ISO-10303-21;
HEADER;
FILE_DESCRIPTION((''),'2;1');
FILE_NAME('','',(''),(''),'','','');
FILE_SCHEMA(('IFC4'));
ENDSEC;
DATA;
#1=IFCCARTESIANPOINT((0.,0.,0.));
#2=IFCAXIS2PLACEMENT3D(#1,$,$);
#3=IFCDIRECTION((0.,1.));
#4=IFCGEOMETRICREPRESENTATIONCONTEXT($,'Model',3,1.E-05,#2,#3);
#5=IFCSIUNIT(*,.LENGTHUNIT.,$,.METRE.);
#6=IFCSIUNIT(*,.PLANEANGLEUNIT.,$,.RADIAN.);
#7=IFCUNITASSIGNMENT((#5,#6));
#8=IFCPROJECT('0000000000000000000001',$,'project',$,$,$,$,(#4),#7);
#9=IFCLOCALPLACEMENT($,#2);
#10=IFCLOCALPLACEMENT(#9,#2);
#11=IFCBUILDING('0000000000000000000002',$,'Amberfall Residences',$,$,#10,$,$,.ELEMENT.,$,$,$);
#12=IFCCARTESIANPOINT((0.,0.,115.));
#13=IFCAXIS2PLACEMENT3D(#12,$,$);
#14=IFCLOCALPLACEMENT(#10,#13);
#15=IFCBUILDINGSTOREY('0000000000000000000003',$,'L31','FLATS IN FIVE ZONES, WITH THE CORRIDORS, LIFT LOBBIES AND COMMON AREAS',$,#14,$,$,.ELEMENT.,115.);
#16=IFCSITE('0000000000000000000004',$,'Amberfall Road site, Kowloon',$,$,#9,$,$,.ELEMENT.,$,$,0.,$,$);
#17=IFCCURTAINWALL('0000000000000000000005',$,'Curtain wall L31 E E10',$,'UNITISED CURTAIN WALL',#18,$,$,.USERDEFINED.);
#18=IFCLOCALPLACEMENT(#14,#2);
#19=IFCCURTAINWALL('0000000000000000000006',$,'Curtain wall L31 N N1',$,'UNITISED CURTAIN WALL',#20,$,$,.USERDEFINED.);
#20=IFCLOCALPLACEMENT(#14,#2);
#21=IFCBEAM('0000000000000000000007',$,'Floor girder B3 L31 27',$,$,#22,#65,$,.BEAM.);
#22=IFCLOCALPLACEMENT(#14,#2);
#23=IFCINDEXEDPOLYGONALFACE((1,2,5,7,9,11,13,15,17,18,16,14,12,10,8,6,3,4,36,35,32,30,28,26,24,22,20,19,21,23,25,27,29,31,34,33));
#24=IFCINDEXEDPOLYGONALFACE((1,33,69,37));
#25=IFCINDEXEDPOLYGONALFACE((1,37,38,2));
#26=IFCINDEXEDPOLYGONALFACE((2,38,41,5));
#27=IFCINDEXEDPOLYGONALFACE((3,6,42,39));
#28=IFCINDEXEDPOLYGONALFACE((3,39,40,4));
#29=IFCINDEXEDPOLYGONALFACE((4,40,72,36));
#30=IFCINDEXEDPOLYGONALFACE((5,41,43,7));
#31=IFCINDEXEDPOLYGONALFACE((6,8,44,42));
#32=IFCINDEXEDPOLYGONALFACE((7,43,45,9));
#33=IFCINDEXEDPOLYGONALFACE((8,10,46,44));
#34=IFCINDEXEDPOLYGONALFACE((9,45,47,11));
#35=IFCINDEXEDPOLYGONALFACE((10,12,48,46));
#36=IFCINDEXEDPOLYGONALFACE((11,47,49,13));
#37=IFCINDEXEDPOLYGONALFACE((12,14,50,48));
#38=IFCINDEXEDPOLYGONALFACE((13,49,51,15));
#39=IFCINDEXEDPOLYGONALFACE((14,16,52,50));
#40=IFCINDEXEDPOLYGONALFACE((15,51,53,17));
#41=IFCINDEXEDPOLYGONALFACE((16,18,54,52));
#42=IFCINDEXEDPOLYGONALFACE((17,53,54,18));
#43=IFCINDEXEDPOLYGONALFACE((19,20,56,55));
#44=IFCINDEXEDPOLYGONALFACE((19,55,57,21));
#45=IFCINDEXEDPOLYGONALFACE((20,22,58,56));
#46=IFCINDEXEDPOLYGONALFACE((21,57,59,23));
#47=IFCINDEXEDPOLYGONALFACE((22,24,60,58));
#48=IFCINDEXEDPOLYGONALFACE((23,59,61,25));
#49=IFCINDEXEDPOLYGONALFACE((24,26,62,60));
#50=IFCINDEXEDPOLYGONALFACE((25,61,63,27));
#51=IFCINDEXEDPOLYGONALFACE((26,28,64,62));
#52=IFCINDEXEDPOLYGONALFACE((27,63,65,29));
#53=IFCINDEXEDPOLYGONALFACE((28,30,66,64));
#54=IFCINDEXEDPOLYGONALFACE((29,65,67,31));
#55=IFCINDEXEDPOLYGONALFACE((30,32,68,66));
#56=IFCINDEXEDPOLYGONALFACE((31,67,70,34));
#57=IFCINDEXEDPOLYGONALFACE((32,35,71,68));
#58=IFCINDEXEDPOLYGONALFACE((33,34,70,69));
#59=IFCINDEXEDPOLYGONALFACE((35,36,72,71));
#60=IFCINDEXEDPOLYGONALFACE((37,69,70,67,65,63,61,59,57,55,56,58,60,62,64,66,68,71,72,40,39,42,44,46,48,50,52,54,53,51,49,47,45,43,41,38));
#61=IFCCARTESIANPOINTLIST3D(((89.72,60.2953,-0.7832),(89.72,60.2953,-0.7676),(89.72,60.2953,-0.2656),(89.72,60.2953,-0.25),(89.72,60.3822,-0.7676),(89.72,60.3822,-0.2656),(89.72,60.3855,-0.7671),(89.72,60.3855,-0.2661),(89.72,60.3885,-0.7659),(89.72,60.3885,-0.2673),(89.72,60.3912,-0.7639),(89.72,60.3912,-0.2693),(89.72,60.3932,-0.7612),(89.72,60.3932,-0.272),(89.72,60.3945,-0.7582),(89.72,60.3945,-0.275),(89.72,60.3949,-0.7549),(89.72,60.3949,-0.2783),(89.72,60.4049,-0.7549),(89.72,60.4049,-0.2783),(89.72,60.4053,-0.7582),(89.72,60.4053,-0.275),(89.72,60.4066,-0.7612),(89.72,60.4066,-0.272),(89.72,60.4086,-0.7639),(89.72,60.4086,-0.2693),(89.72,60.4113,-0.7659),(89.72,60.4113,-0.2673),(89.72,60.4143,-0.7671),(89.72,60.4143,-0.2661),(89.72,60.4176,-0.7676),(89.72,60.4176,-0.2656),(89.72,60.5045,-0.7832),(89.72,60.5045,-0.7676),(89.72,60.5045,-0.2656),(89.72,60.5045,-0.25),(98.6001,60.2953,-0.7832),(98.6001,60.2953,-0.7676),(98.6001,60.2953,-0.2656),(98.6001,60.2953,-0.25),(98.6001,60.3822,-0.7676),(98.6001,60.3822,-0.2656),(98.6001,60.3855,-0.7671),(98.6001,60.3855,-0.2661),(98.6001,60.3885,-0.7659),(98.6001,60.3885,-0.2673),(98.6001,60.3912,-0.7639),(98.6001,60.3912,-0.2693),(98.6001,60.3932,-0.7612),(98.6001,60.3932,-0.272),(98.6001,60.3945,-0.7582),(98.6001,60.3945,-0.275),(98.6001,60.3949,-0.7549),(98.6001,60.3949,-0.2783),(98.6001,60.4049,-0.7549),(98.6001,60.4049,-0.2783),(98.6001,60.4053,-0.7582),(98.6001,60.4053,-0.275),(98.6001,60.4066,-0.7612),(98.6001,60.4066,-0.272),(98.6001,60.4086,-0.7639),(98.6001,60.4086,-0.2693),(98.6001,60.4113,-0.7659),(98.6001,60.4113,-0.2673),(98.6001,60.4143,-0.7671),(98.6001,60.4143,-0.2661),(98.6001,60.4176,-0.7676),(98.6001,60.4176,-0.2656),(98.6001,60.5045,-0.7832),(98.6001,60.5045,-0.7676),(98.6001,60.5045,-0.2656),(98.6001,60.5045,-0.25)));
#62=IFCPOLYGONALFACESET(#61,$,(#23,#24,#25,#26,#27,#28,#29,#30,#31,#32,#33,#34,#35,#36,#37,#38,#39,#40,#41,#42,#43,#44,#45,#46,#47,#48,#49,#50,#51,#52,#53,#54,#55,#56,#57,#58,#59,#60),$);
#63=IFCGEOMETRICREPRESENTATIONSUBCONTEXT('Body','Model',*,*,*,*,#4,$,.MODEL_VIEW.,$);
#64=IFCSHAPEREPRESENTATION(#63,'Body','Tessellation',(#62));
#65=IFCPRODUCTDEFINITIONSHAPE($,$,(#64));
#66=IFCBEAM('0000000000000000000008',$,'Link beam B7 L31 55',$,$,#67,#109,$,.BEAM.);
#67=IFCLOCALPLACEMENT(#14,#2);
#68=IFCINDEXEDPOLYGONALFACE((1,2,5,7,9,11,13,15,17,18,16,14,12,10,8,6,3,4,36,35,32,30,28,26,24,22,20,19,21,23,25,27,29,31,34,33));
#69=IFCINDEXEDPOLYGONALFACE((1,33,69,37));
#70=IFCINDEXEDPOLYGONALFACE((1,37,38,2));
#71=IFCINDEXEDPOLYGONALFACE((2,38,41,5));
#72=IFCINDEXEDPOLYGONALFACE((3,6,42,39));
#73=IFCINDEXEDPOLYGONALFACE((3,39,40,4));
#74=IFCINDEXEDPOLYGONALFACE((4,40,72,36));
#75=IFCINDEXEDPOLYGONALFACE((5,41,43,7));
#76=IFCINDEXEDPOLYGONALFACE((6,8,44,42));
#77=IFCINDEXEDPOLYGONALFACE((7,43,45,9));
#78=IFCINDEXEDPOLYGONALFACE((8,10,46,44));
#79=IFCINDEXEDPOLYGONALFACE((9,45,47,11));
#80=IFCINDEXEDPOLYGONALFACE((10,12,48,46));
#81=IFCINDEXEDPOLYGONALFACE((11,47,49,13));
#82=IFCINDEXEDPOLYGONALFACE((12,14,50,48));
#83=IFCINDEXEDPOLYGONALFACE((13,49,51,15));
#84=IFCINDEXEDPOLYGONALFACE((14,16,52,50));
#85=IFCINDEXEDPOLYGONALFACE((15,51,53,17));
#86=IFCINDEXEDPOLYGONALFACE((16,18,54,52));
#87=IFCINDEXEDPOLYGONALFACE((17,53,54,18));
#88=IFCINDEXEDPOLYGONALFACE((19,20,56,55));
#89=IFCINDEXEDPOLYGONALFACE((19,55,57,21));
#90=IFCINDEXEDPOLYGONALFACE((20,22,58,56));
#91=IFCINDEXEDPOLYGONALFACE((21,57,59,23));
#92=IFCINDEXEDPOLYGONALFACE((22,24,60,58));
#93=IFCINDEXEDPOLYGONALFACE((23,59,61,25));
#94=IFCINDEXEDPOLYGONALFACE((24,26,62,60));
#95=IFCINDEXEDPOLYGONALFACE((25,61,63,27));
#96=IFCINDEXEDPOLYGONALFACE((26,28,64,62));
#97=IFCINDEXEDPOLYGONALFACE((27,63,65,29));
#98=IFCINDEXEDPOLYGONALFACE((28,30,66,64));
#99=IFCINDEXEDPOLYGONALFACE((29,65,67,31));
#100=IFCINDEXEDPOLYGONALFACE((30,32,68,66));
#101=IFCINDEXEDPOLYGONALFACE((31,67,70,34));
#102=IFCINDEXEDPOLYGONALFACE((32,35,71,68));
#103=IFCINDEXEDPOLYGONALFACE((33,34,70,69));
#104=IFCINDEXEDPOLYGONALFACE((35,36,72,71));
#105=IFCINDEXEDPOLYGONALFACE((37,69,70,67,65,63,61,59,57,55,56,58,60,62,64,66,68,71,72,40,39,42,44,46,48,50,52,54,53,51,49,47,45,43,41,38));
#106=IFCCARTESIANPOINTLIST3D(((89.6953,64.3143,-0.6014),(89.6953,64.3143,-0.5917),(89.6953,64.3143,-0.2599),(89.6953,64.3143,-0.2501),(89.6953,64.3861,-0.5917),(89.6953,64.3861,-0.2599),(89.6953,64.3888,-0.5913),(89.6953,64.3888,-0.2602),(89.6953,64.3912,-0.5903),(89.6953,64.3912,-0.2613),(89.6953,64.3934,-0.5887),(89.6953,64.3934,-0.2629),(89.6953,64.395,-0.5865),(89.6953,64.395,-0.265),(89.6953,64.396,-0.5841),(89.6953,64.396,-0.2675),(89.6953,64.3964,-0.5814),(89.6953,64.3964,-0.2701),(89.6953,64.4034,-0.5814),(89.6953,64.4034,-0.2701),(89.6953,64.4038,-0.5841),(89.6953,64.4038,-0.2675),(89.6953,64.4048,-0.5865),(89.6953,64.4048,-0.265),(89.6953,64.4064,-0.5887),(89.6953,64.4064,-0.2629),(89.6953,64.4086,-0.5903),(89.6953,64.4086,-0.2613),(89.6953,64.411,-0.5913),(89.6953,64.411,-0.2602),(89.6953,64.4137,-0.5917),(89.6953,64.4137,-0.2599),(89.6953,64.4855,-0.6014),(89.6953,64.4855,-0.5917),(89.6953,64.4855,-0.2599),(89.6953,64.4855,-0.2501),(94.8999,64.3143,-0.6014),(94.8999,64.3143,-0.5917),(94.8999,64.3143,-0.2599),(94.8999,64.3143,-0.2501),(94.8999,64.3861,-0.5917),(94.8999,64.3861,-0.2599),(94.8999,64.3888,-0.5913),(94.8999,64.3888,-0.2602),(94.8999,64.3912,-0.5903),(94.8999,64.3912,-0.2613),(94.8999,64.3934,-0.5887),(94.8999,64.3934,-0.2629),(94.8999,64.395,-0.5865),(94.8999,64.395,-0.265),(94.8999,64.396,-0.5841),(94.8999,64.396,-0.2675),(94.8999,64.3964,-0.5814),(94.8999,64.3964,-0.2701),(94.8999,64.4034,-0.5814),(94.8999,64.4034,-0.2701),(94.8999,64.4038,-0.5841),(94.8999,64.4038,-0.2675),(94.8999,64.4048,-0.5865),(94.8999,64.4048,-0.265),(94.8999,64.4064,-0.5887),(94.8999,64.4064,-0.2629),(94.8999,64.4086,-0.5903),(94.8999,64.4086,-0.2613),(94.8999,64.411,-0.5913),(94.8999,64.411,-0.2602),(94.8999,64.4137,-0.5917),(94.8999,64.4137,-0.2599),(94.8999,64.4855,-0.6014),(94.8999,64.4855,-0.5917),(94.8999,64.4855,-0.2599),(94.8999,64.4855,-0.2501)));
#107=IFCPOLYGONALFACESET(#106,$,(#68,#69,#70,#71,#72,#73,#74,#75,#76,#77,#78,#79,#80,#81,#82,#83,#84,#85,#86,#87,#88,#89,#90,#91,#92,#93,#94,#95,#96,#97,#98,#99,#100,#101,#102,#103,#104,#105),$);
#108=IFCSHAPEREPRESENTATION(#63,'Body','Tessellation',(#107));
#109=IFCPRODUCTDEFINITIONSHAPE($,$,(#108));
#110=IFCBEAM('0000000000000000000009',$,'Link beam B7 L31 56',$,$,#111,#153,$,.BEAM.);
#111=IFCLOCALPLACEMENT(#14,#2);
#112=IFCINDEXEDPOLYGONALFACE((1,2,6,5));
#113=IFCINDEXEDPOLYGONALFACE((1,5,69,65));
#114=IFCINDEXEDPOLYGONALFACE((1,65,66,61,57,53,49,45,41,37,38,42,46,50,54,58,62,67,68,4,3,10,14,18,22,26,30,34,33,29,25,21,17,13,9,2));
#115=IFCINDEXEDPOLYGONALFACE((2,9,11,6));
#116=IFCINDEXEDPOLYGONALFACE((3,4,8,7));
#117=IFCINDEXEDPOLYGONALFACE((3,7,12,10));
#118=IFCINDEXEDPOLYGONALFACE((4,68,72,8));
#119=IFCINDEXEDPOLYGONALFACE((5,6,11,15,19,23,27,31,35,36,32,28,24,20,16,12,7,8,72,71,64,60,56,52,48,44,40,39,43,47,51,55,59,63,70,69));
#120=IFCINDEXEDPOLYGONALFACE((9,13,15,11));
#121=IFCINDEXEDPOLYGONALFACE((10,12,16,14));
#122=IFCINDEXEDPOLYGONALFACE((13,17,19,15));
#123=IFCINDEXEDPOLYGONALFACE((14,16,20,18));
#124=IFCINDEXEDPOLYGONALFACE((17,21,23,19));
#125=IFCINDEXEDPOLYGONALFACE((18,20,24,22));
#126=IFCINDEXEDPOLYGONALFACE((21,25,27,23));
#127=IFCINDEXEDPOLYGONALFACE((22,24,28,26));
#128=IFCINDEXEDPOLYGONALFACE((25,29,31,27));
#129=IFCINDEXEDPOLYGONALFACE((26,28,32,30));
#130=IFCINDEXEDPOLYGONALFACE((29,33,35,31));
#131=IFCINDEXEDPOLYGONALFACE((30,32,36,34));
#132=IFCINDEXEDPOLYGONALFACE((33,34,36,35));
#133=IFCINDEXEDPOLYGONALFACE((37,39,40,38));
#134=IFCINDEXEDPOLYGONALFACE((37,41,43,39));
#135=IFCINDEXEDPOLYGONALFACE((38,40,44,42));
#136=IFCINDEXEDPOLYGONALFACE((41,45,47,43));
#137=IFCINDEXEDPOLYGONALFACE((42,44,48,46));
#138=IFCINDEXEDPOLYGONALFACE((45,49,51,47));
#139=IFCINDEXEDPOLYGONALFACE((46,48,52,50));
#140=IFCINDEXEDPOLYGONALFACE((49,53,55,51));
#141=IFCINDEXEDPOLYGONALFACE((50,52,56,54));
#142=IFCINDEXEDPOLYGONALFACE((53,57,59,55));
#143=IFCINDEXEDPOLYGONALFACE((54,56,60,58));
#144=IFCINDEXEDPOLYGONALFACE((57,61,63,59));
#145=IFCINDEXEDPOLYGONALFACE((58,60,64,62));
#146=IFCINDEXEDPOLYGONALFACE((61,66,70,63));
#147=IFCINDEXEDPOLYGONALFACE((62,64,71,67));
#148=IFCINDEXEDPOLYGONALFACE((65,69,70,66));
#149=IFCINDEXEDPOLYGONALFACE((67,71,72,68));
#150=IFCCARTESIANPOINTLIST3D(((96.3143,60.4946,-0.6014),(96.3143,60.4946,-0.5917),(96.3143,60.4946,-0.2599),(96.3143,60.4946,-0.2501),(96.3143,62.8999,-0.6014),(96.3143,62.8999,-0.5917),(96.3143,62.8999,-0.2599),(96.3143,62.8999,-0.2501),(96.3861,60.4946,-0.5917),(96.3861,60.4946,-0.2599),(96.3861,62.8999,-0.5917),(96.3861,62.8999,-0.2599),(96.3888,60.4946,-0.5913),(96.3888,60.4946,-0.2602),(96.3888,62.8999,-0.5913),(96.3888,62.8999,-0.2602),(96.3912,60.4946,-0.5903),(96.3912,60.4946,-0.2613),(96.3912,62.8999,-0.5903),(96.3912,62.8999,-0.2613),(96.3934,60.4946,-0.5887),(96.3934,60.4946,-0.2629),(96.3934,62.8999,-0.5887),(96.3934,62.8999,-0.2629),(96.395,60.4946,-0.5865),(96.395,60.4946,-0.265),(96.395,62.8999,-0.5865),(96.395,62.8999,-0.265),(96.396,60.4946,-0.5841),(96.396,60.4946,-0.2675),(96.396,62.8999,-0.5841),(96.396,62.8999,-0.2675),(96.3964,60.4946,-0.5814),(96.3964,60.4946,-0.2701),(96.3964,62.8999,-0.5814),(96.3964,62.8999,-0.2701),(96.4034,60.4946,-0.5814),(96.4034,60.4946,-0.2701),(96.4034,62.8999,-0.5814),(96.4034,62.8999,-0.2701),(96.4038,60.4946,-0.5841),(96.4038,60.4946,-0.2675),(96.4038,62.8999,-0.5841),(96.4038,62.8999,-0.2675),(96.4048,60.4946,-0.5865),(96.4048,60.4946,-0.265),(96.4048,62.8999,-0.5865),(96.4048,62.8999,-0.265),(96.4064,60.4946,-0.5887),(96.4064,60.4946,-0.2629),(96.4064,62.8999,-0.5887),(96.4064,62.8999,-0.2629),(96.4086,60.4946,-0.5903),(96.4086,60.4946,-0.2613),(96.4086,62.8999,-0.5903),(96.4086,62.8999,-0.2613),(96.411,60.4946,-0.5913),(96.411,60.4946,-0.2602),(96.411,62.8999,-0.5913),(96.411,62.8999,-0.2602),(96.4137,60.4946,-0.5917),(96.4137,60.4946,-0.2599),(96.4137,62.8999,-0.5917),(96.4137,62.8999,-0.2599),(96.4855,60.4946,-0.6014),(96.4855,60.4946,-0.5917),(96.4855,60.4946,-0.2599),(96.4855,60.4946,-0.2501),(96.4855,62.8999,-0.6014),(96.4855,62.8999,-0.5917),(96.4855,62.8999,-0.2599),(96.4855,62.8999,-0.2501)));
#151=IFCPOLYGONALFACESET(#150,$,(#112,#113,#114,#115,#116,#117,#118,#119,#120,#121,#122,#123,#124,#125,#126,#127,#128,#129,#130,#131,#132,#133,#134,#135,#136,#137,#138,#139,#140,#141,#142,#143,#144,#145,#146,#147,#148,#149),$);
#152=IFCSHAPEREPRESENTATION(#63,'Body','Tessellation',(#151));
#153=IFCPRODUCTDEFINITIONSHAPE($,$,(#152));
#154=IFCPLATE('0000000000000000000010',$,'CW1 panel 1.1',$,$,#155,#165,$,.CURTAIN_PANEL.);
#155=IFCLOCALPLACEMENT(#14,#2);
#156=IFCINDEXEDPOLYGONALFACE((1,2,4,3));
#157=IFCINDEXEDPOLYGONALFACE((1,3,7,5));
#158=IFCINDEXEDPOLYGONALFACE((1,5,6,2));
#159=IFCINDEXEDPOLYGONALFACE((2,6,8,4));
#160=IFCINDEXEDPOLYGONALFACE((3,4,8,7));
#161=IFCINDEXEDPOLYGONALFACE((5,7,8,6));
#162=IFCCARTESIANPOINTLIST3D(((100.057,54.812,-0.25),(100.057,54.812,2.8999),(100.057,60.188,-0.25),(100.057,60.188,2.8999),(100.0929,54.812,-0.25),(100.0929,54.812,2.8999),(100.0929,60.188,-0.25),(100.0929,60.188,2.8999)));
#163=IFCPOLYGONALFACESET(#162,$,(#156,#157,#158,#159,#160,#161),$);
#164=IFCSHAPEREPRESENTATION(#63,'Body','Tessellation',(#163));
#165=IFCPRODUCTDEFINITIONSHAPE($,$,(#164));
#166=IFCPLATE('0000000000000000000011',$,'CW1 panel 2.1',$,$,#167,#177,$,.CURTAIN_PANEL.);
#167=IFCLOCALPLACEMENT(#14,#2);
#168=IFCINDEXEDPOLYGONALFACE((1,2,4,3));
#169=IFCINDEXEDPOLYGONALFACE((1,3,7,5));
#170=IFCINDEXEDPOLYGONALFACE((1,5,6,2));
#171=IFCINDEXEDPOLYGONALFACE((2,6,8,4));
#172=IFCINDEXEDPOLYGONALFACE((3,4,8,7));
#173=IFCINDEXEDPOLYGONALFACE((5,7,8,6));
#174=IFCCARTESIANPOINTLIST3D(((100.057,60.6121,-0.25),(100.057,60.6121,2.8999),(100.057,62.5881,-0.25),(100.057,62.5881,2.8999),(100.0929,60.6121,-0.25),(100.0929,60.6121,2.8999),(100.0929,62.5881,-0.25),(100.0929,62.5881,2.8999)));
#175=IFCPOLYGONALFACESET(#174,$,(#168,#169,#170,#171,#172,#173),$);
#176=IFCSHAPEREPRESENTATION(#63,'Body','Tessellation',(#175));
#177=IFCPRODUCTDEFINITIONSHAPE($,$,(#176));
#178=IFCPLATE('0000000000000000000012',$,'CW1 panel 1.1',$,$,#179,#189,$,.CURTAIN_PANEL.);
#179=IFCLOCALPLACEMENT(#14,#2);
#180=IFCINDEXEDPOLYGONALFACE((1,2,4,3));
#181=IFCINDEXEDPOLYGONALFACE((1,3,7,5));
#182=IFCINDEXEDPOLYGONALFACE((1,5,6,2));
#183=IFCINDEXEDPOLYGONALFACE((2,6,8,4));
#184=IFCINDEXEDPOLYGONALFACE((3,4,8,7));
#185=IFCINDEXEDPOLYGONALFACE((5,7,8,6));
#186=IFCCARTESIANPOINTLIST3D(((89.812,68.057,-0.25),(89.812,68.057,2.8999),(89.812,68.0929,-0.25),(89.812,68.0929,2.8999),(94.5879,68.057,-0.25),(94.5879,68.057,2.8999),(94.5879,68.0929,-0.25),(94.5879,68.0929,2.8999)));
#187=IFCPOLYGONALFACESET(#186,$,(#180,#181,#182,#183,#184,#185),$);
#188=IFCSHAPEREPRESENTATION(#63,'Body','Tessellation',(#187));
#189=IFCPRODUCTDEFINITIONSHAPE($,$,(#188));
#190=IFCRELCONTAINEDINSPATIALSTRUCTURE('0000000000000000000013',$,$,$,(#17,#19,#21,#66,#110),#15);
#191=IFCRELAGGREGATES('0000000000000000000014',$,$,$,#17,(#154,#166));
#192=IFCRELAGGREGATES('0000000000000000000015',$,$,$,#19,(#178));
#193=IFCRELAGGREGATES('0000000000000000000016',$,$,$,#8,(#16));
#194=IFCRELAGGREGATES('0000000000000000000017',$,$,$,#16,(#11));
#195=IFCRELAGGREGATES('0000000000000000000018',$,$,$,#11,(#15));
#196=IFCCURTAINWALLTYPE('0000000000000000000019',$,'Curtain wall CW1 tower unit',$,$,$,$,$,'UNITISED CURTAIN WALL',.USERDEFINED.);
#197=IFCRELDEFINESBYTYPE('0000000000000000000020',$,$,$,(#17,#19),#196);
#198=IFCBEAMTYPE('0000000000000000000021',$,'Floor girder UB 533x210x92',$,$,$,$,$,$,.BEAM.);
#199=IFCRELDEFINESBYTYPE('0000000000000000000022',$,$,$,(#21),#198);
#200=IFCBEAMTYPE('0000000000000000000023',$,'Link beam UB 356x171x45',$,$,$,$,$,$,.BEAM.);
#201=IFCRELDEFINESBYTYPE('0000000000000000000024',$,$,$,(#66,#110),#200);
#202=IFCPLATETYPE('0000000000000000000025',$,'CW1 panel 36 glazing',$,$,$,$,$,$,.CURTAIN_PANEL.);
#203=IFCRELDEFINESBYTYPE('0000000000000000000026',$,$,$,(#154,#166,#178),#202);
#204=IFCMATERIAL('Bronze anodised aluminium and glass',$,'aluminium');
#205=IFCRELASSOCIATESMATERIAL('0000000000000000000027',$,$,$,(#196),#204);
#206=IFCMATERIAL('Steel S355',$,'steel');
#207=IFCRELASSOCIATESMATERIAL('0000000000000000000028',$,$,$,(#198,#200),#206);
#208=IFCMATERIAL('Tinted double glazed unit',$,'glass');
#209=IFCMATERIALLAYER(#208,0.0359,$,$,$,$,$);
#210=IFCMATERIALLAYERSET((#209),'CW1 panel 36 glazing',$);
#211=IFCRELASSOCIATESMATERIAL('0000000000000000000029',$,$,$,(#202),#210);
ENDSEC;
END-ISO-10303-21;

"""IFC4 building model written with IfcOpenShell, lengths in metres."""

from ifc_helpers import new_model, si_unit, direction, frame, origin, origin_2d, place, context, subcontext, project, spatial, rectangle, i_section, extrude, material, layer, layer_set, material_profile, profile_set, type_object, element, aggregate, save


model = new_model("IFC4")

# Units and contexts
model_context = context("Model", 3, precision=1e-05, world=origin(), true_north=direction((0.0, 1.0)))
body_context = subcontext(model_context, "Body", "Model", "MODEL_VIEW")
ifc_project = project(units=[si_unit("LENGTHUNIT", "METRE"), si_unit("PLANEANGLEUNIT", "RADIAN")], contexts=[model_context])

# Site, building, storey
site_placement = place(None, origin())
site = spatial("IfcSite", under=ifc_project, at=site_placement, Name="Amberfall Road site, Kowloon", CompositionType="ELEMENT", RefElevation=0.0)
building_placement = place(site_placement, origin())
building = spatial("IfcBuilding", under=site, at=building_placement, Name="Amberfall Residences", CompositionType="ELEMENT")
storey_placement = place(building_placement, frame((0.0, 0.0, 115.0)))
storey = spatial("IfcBuildingStorey", under=building, at=storey_placement, Name="L31", Description="FLATS IN FIVE ZONES, WITH THE CORRIDORS, LIFT LOBBIES AND COMMON AREAS", CompositionType="ELEMENT", Elevation=115.0)

# Curtain wall
ifc_material_1 = material(Name="Bronze anodised aluminium and glass", Category="aluminium")
curtain_wall_type = type_object("IfcCurtainWallType", Name="Curtain wall CW1 tower unit", ElementType="UNITISED CURTAIN WALL", PredefinedType="USERDEFINED", material=ifc_material_1)
curtain_wall_1_placement = place(storey_placement, origin())
curtain_wall_1 = element("IfcCurtainWall", 1, at=curtain_wall_1_placement, inside=storey, type_object=curtain_wall_type, Name="Curtain wall L31 E E10", ObjectType="UNITISED CURTAIN WALL", PredefinedType="USERDEFINED")

# Curtain wall
curtain_wall_2_placement = place(storey_placement, origin())
curtain_wall_2 = element("IfcCurtainWall", 2, at=curtain_wall_2_placement, inside=storey, type_object=curtain_wall_type, Name="Curtain wall L31 N N1", ObjectType="UNITISED CURTAIN WALL", PredefinedType="USERDEFINED")

# Beams
ifc_material_2 = material(Name="Steel S355", Category="steel")
ifc_material_profile_1 = material_profile(ifc_material_2, i_section(OverallWidth=0.2092, OverallDepth=0.5332, WebThickness=0.01, FlangeThickness=0.0156, FilletRadius=0.0127, at=origin_2d()), Name="UB 533x210x92")
ifc_profile_set_1 = profile_set([ifc_material_profile_1], Name="Steel S355")
beam_type_1 = type_object("IfcBeamType", Name="Floor girder UB 533x210x92", PredefinedType="BEAM", material=ifc_profile_set_1)
beam_1_placement = place(storey_placement, frame((98.6001, 60.3999, -0.5166), z_axis=(-1.0, 0.0, 0.0), x_axis=(0.0, -1.0, 0.0)))
element("IfcBeam", 3, at=beam_1_placement, inside=storey, type_object=beam_type_1, Name="Floor girder B3 L31 27", PredefinedType="BEAM", context=body_context, shape_type="SweptSolid", body=[
    extrude(i_section(OverallWidth=0.2092, OverallDepth=0.5332, WebThickness=0.01, FlangeThickness=0.0156, FilletRadius=0.0127, at=origin_2d()), origin(), (0.0, 0.0, 1.0), 8.8801),
])
ifc_material_profile_2 = material_profile(ifc_material_2, i_section(OverallWidth=0.1711, OverallDepth=0.3513, WebThickness=0.0071, FlangeThickness=0.0098, FilletRadius=0.0103, at=origin_2d()), Name="UB 356x171x45")
ifc_profile_set_2 = profile_set([ifc_material_profile_2], Name="Steel S355")
beam_type_2 = type_object("IfcBeamType", Name="Link beam UB 356x171x45", PredefinedType="BEAM", material=ifc_profile_set_2)
beam_2_placement = place(storey_placement, frame((94.8999, 64.3999, -0.4258), z_axis=(-1.0, 0.0, 0.0), x_axis=(0.0, -1.0, 0.0)))
element("IfcBeam", 4, at=beam_2_placement, inside=storey, type_object=beam_type_2, Name="Link beam B7 L31 55", PredefinedType="BEAM", context=body_context, shape_type="SweptSolid", body=[
    extrude(i_section(OverallWidth=0.1711, OverallDepth=0.3513, WebThickness=0.0071, FlangeThickness=0.0098, FilletRadius=0.0103, at=origin_2d()), origin(), (0.0, 0.0, 1.0), 5.2046),
])
beam_3_placement = place(storey_placement, frame((96.3999, 62.8999, -0.4258), z_axis=(0.0, -1.0, 0.0), x_axis=(1.0, 0.0, 0.0)))
element("IfcBeam", 5, at=beam_3_placement, inside=storey, type_object=beam_type_2, Name="Link beam B7 L31 56", PredefinedType="BEAM", context=body_context, shape_type="SweptSolid", body=[
    extrude(i_section(OverallWidth=0.1711, OverallDepth=0.3513, WebThickness=0.0071, FlangeThickness=0.0098, FilletRadius=0.0103, at=origin_2d()), origin(), (0.0, 0.0, 1.0), 2.4053),
])

# Plates
ifc_material_3 = material(Name="Tinted double glazed unit", Category="glass")
ifc_layer_1 = layer(ifc_material_3, 0.0359)
ifc_layer_set_1 = layer_set([ifc_layer_1], Name="CW1 panel 36 glazing")
plate_type = type_object("IfcPlateType", Name="CW1 panel 36 glazing", PredefinedType="CURTAIN_PANEL", material=ifc_layer_set_1)
plate_1_placement = place(storey_placement, frame((100.075, 57.5, -0.25), z_axis=(0.0, 0.0, 1.0), x_axis=(0.0, 1.0, 0.0)))
plate_1 = element("IfcPlate", 6, at=plate_1_placement, type_object=plate_type, Name="CW1 panel 1.1", PredefinedType="CURTAIN_PANEL", context=body_context, shape_type="SweptSolid", body=[
    extrude(rectangle(XDim=5.376, YDim=0.0359, at=origin_2d()), origin(), (0.0, 0.0, 1.0), 3.1499),
])
plate_2_placement = place(storey_placement, frame((100.075, 61.6001, -0.25), z_axis=(0.0, 0.0, 1.0), x_axis=(0.0, 1.0, 0.0)))
plate_2 = element("IfcPlate", 7, at=plate_2_placement, type_object=plate_type, Name="CW1 panel 2.1", PredefinedType="CURTAIN_PANEL", context=body_context, shape_type="SweptSolid", body=[
    extrude(rectangle(XDim=1.9761, YDim=0.0359, at=origin_2d()), origin(), (0.0, 0.0, 1.0), 3.1499),
])
aggregate(curtain_wall_1, [plate_1, plate_2])
plate_3_placement = place(storey_placement, frame((92.2, 68.075, -0.25), z_axis=(0.0, 0.0, 1.0), x_axis=(-1.0, 0.0, 0.0)))
plate_3 = element("IfcPlate", 8, at=plate_3_placement, type_object=plate_type, Name="CW1 panel 1.1", PredefinedType="CURTAIN_PANEL", context=body_context, shape_type="SweptSolid", body=[
    extrude(rectangle(XDim=4.7759, YDim=0.0359, at=origin_2d()), origin(), (0.0, 0.0, 1.0), 3.1499),
])
aggregate(curtain_wall_2, [plate_3])

save(model, "model.ifc")
